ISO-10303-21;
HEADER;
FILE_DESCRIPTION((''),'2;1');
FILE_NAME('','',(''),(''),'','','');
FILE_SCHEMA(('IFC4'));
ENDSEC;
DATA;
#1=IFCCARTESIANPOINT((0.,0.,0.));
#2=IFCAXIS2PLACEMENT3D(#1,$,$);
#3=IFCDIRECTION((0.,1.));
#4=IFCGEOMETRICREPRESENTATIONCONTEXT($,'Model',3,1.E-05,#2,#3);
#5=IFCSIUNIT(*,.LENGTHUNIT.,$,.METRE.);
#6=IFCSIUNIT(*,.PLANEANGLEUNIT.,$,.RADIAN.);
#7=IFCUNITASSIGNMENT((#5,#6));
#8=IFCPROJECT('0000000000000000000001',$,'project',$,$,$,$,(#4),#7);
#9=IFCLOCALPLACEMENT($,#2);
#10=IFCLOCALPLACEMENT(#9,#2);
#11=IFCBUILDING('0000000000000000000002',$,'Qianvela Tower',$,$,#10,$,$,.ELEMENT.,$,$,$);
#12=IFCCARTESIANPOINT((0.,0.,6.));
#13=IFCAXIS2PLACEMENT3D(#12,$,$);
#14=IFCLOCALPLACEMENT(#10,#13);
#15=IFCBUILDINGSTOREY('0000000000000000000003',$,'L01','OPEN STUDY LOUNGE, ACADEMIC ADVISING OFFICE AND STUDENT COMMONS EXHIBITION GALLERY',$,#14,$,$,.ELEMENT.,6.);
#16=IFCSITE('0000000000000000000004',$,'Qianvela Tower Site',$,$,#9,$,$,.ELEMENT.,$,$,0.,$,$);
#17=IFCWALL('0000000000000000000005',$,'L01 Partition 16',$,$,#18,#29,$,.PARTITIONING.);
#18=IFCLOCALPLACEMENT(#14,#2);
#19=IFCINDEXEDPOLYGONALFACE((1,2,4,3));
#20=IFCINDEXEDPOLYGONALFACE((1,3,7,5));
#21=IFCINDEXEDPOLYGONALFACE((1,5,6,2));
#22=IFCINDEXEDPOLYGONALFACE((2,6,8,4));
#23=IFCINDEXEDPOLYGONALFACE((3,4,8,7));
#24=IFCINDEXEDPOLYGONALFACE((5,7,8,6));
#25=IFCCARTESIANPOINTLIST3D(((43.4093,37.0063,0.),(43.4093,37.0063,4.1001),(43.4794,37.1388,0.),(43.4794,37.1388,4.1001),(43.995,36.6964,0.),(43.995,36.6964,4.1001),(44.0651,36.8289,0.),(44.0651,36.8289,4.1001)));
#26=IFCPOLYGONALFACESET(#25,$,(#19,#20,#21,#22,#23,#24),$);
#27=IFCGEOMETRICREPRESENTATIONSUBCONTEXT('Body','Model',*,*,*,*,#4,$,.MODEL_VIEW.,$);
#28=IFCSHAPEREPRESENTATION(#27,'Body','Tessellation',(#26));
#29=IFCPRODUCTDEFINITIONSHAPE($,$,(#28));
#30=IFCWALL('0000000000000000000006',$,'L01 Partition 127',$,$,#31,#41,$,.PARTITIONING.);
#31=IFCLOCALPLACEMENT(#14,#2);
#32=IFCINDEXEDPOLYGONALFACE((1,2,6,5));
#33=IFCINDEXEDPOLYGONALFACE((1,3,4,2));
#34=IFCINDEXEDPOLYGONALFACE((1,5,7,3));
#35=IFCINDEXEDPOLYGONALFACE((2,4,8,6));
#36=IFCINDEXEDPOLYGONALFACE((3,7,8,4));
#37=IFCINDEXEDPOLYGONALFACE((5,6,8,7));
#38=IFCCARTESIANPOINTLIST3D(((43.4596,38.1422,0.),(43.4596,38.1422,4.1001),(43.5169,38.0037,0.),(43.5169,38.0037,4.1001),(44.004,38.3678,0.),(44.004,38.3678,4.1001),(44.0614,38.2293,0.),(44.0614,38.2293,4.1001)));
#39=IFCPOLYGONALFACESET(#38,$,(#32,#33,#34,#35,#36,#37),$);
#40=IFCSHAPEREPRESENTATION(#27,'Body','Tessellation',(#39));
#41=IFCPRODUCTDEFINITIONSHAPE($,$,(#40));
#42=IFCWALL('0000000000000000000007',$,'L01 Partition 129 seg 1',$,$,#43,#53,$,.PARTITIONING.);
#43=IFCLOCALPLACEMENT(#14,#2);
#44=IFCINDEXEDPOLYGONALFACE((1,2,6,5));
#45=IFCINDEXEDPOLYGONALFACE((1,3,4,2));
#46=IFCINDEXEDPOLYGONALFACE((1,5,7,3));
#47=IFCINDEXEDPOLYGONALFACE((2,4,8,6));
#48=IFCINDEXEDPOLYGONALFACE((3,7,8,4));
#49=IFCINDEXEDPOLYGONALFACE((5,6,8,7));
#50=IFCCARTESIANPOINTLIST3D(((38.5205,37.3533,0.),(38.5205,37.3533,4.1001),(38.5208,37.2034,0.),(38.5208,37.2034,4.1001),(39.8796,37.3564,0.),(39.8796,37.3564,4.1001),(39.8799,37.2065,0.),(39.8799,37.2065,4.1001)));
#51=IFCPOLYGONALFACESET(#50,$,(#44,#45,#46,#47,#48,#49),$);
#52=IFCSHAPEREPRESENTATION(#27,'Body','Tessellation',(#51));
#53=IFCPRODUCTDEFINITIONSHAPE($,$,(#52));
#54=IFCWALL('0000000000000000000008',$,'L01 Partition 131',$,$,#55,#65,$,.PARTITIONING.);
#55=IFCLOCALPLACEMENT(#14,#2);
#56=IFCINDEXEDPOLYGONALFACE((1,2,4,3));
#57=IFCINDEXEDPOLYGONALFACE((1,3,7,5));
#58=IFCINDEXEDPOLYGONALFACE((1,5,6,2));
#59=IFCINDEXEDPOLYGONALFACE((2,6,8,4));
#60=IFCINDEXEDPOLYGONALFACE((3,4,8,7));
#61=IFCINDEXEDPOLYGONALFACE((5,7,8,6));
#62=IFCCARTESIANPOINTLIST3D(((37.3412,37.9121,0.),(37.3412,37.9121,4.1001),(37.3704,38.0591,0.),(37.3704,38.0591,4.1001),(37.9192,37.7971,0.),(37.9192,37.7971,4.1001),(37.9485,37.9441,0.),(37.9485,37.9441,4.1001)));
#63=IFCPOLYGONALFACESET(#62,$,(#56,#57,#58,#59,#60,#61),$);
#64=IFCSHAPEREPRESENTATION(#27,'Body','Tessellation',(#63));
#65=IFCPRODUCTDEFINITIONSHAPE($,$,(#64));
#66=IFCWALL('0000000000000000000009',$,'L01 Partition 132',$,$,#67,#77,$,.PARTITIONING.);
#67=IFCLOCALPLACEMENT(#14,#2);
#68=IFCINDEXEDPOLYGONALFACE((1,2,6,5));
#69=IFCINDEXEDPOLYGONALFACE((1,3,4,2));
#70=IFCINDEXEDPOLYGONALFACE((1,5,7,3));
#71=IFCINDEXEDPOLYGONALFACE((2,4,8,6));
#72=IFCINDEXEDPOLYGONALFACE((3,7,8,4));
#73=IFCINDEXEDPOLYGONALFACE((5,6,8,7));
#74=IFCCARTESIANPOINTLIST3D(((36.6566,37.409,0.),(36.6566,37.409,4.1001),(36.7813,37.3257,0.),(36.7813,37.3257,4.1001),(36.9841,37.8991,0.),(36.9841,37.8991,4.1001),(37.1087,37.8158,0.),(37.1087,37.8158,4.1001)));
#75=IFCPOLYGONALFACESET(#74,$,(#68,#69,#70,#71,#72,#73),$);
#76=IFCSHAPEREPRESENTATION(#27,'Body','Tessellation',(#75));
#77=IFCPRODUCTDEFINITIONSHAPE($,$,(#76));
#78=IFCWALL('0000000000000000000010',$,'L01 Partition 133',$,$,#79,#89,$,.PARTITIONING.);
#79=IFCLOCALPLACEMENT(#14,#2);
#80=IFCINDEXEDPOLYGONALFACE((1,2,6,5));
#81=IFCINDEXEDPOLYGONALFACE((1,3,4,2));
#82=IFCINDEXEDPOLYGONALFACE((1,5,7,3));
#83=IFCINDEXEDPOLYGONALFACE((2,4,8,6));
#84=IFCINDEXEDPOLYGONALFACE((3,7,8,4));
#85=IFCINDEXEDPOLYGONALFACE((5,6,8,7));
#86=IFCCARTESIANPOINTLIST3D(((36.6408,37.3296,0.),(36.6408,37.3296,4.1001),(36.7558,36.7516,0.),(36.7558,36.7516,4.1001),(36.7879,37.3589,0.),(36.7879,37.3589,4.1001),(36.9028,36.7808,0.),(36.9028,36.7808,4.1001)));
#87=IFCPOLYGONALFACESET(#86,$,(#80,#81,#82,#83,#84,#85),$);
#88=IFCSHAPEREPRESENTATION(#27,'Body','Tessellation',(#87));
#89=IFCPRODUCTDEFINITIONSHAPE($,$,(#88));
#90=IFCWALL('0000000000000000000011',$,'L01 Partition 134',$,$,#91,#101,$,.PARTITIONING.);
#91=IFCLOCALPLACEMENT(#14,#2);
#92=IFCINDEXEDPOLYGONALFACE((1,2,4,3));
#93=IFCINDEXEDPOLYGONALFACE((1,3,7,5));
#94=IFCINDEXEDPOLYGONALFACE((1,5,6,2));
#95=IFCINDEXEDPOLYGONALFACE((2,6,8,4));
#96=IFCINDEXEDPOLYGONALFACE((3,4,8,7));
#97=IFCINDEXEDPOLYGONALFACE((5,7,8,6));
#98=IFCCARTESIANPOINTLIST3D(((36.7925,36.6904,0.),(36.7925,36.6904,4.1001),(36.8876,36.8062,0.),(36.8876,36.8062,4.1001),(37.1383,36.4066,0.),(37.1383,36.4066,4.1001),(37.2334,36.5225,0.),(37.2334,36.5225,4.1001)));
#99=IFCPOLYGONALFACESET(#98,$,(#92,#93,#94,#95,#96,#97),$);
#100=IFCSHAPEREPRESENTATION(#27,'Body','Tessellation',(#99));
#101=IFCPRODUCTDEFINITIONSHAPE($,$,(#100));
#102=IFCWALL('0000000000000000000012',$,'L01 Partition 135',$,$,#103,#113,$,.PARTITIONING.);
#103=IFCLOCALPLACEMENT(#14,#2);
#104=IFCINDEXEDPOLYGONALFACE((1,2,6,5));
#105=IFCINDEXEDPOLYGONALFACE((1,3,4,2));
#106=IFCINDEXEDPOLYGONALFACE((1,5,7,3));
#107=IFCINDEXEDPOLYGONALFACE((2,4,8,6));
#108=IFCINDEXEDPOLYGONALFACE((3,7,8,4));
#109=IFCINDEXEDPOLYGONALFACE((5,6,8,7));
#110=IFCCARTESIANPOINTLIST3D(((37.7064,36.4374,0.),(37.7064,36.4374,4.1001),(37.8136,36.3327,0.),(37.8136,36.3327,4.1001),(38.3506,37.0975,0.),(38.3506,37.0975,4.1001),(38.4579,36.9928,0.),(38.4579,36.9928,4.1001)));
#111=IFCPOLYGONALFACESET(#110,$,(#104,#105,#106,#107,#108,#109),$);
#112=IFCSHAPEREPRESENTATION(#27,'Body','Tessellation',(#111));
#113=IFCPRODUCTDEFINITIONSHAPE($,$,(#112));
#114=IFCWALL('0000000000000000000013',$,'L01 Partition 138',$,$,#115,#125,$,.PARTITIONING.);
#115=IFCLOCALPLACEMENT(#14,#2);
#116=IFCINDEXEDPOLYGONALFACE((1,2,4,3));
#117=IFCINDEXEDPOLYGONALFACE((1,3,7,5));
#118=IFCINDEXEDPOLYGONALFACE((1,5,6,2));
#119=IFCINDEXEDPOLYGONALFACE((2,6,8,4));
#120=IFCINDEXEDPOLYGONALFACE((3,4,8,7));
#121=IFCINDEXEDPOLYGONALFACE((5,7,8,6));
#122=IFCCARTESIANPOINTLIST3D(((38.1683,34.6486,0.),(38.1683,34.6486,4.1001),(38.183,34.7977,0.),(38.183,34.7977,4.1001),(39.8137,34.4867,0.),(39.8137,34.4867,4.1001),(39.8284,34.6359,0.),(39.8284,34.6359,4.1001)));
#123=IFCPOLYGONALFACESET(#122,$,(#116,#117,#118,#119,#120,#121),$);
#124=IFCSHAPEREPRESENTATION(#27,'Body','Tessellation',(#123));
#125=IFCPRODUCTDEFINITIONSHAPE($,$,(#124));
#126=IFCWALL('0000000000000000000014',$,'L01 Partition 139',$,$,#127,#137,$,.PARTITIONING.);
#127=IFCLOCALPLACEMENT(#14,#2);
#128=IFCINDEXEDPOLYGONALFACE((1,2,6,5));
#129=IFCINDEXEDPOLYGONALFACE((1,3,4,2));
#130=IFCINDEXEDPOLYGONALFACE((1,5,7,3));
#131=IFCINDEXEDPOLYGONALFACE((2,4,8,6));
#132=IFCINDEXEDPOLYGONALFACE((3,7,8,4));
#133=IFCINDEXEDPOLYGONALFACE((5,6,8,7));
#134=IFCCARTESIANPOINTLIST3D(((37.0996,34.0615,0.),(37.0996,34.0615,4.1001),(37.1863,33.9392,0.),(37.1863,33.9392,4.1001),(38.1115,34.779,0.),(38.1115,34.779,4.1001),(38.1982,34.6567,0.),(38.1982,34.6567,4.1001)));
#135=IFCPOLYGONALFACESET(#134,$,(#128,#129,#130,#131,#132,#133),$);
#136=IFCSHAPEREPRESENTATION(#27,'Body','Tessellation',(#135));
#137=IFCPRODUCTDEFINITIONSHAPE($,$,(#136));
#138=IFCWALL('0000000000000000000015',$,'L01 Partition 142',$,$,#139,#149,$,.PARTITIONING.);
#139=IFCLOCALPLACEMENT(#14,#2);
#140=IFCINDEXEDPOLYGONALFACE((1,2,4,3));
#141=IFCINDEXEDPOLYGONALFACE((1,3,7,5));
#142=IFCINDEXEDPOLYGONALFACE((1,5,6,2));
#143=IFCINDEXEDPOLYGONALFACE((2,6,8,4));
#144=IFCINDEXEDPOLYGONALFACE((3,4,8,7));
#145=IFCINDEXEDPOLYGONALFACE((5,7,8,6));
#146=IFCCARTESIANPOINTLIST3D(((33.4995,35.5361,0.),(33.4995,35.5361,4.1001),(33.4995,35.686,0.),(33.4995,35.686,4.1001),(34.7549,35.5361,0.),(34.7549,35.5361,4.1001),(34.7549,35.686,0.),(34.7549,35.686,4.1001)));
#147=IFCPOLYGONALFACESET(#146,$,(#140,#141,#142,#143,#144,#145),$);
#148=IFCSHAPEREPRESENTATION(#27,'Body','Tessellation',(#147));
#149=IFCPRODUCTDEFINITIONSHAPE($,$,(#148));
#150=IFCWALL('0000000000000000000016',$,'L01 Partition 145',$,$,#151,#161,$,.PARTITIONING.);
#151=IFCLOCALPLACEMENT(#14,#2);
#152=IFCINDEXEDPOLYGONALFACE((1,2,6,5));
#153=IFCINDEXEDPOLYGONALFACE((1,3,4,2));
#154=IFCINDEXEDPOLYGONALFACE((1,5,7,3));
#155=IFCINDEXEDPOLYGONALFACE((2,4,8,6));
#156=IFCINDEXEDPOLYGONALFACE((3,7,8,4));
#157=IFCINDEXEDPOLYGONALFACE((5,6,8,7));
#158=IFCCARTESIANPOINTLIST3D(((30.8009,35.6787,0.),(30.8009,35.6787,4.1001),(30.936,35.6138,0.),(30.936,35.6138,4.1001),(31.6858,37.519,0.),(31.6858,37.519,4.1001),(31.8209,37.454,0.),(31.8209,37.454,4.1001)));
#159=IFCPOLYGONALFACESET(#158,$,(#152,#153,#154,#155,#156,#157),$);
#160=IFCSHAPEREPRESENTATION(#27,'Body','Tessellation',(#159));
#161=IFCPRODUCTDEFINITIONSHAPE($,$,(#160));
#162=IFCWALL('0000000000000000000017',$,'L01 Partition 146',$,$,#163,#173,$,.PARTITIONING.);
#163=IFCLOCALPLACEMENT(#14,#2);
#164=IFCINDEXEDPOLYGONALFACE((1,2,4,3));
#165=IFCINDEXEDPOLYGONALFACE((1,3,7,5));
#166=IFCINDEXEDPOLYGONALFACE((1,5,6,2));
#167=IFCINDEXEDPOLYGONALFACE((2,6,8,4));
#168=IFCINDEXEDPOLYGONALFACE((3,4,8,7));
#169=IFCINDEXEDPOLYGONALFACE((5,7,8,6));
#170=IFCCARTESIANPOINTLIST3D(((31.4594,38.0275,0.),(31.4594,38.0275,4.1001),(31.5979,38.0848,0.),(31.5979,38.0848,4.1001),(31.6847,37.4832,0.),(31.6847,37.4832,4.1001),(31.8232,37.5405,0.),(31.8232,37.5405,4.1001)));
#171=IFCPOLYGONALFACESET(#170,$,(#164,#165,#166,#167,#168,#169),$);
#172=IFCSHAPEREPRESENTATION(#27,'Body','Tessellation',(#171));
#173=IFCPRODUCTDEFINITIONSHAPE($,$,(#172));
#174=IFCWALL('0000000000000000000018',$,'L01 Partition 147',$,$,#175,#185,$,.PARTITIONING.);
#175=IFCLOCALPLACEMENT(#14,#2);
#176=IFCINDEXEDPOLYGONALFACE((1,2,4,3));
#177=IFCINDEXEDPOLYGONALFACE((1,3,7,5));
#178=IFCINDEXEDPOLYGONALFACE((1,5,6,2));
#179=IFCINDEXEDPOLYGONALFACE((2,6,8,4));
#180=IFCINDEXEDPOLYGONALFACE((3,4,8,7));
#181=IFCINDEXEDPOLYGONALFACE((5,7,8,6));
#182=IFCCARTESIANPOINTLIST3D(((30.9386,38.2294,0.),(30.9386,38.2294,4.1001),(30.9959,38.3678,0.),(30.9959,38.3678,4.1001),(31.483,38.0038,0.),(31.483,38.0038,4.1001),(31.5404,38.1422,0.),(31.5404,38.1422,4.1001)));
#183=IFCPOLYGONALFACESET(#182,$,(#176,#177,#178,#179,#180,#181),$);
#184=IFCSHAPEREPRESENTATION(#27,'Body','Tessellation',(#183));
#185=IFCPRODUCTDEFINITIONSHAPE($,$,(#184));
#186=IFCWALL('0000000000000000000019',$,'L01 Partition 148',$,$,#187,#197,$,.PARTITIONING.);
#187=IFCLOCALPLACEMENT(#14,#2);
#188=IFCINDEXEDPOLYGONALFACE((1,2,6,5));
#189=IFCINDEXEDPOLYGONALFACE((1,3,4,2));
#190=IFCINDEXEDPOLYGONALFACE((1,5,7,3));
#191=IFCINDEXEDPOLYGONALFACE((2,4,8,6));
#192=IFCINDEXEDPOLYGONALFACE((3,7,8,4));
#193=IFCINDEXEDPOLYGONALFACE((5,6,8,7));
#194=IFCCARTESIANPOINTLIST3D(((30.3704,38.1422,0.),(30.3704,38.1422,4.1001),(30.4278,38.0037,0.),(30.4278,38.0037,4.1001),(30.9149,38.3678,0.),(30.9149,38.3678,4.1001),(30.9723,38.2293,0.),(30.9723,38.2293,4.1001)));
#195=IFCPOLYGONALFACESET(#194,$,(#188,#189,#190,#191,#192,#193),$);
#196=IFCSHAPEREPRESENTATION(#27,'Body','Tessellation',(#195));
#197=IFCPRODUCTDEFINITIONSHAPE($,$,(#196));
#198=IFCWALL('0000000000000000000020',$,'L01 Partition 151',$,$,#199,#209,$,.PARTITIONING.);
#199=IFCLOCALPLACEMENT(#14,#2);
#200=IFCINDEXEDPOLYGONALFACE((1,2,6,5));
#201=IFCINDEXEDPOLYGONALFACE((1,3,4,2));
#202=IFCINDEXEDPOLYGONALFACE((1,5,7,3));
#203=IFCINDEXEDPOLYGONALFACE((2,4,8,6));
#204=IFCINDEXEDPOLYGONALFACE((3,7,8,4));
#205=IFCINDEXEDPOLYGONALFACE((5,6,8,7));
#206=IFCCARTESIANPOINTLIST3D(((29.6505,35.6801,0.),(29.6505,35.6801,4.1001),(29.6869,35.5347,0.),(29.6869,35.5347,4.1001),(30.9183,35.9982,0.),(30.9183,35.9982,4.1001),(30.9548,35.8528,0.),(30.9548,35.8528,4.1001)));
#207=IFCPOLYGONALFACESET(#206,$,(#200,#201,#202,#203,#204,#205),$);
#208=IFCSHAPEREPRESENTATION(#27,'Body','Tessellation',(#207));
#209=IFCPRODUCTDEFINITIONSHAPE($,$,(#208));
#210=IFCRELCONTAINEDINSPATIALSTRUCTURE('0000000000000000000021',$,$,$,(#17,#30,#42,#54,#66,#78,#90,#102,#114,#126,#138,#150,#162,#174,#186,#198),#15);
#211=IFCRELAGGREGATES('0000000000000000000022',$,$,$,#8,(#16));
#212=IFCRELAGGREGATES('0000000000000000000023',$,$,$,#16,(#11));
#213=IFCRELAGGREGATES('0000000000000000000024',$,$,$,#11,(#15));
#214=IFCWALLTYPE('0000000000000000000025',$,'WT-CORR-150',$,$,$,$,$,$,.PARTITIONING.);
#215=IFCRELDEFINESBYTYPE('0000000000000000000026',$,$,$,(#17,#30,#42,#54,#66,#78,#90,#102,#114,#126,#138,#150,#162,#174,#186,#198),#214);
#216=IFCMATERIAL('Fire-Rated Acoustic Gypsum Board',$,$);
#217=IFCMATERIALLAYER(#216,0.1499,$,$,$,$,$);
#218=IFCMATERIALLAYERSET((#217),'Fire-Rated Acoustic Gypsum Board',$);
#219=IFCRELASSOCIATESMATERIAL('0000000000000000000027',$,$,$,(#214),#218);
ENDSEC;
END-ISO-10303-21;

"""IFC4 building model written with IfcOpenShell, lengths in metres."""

from ifc_helpers import new_model, si_unit, direction, frame, frame_2d, origin, place, context, subcontext, project, spatial, rectangle, extrude, material, layer, layer_set, type_object, element, save


model = new_model("IFC4")

# Units and contexts
model_context = context("Model", 3, precision=1e-05, world=origin(), true_north=direction((0.0, 1.0)))
body_context = subcontext(model_context, "Body", "Model", "MODEL_VIEW")
ifc_project = project(units=[si_unit("LENGTHUNIT", "METRE"), si_unit("PLANEANGLEUNIT", "RADIAN")], contexts=[model_context])

# Site, building, storey
site_placement = place(None, origin())
site = spatial("IfcSite", under=ifc_project, at=site_placement, Name="Qianvela Tower Site", CompositionType="ELEMENT", RefElevation=0.0)
building_placement = place(site_placement, origin())
building = spatial("IfcBuilding", under=site, at=building_placement, Name="Qianvela Tower", CompositionType="ELEMENT")
storey_placement = place(building_placement, frame((0.0, 0.0, 6.0)))
storey = spatial("IfcBuildingStorey", under=building, at=storey_placement, Name="L01", Description="OPEN STUDY LOUNGE, ACADEMIC ADVISING OFFICE AND STUDENT COMMONS EXHIBITION GALLERY", CompositionType="ELEMENT", Elevation=6.0)

# Walls
ifc_material_1 = material(Name="Fire-Rated Acoustic Gypsum Board")
ifc_layer_1 = layer(ifc_material_1, 0.1499)
ifc_layer_set_1 = layer_set([ifc_layer_1], Name="Fire-Rated Acoustic Gypsum Board")
wall_type_1 = type_object("IfcWallType", Name="WT-CORR-150", PredefinedType="PARTITIONING", material=ifc_layer_set_1)
wall_1_placement = place(storey_placement, frame((43.4443, 37.0725, 0.0), z_axis=(0.0, 0.0, 1.0), x_axis=(0.883949, -0.467583, 0.0)))
element("IfcWall", 1, at=wall_1_placement, inside=storey, type_object=wall_type_1, Name="L01 Partition 16", PredefinedType="PARTITIONING", context=body_context, shape_type="SweptSolid", body=[
    extrude(rectangle(XDim=0.6626, YDim=0.1499, at=frame_2d((0.3313, 0.0))), origin(), (0.0, 0.0, 1.0), 4.1001),
])
wall_2_placement = place(storey_placement, frame((44.0327, 38.2986, 0.0), z_axis=(0.0, 0.0, 1.0), x_axis=(-0.923835, -0.382791, 0.0)))
element("IfcWall", 2, at=wall_2_placement, inside=storey, type_object=wall_type_1, Name="L01 Partition 127", PredefinedType="PARTITIONING", context=body_context, shape_type="SweptSolid", body=[
    extrude(rectangle(XDim=0.5894, YDim=0.1499, at=frame_2d((0.2947, 0.0))), origin(), (0.0, 0.0, 1.0), 4.1001),
])
wall_3_placement = place(storey_placement, frame((39.8799, 37.2815, 0.0), z_axis=(0.0, 0.0, 1.0), x_axis=(-0.999997, -0.002335, 0.0)))
element("IfcWall", 3, at=wall_3_placement, inside=storey, type_object=wall_type_1, Name="L01 Partition 129 seg 1", PredefinedType="PARTITIONING", context=body_context, shape_type="SweptSolid", body=[
    extrude(rectangle(XDim=1.3591, YDim=0.1499, at=frame_2d((0.6797, 0.0))), origin(), (0.0, 0.0, 1.0), 4.1001),
])
for number, where, z_axis, x_axis, name in (
    (4, (37.9338, 37.8706, 0.0), (0.0, 0.0, 1.0), (-0.980787, 0.195081, 0.0), "L01 Partition 131"),
    (5, (37.0464, 37.8574, 0.0), (0.0, 0.0, 1.0), (-0.55556, -0.831476, 0.0), "L01 Partition 132"),
    (6, (36.7144, 37.3442, 0.0), (0.0, 0.0, 1.0), (0.195081, -0.980787, 0.0), "L01 Partition 133"),
):
    element("IfcWall", number, at=place(storey_placement, frame(where, z_axis=z_axis, x_axis=x_axis)), inside=storey, type_object=wall_type_1, Name=name, PredefinedType="PARTITIONING", context=body_context, shape_type="SweptSolid", body=[
        extrude(rectangle(XDim=0.5894, YDim=0.1499, at=frame_2d((0.2947, 0.0))), origin(), (0.0, 0.0, 1.0), 4.1001),
    ])
wall_4_placement = place(storey_placement, frame((36.8401, 36.7483, 0.0), z_axis=(0.0, 0.0, 1.0), x_axis=(0.773032, -0.634367, 0.0)))
element("IfcWall", 7, at=wall_4_placement, inside=storey, type_object=wall_type_1, Name="L01 Partition 134", PredefinedType="PARTITIONING", context=body_context, shape_type="SweptSolid", body=[
    extrude(rectangle(XDim=0.4473, YDim=0.1499, at=frame_2d((0.2236, 0.0))), origin(), (0.0, 0.0, 1.0), 4.1001),
])
wall_5_placement = place(storey_placement, frame((37.76, 36.385, 0.0), z_axis=(0.0, 0.0, 1.0), x_axis=(0.698453, 0.715656, 0.0)))
element("IfcWall", 8, at=wall_5_placement, inside=storey, type_object=wall_type_1, Name="L01 Partition 135", PredefinedType="PARTITIONING", context=body_context, shape_type="SweptSolid", body=[
    extrude(rectangle(XDim=0.9224, YDim=0.1499, at=frame_2d((0.4612, 0.0))), origin(), (0.0, 0.0, 1.0), 4.1001),
])
wall_6_placement = place(storey_placement, frame((39.821, 34.5613, 0.0), z_axis=(0.0, 0.0, 1.0), x_axis=(-0.995195, 0.09791, 0.0)))
element("IfcWall", 9, at=wall_6_placement, inside=storey, type_object=wall_type_1, Name="L01 Partition 138", PredefinedType="PARTITIONING", context=body_context, shape_type="SweptSolid", body=[
    extrude(rectangle(XDim=1.6533, YDim=0.1499, at=frame_2d((0.8267, 0.0))), origin(), (0.0, 0.0, 1.0), 4.1001),
])
wall_7_placement = place(storey_placement, frame((38.1548, 34.7178, 0.0), z_axis=(0.0, 0.0, 1.0), x_axis=(-0.81575, -0.578405, 0.0)))
element("IfcWall", 10, at=wall_7_placement, inside=storey, type_object=wall_type_1, Name="L01 Partition 139", PredefinedType="PARTITIONING", context=body_context, shape_type="SweptSolid", body=[
    extrude(rectangle(XDim=1.2405, YDim=0.1499, at=frame_2d((0.6201, 0.0))), origin(), (0.0, 0.0, 1.0), 4.1001),
])
wall_8_placement = place(storey_placement, frame((34.7549, 35.6111, 0.0), z_axis=(0.0, 0.0, 1.0), x_axis=(-1.0, 0.0, 0.0)))
element("IfcWall", 11, at=wall_8_placement, inside=storey, type_object=wall_type_1, Name="L01 Partition 142", PredefinedType="PARTITIONING", context=body_context, shape_type="SweptSolid", body=[
    extrude(rectangle(XDim=1.2554, YDim=0.1499, at=frame_2d((0.6277, 0.0))), origin(), (0.0, 0.0, 1.0), 4.1001),
])
wall_9_placement = place(storey_placement, frame((30.8684, 35.6462, 0.0), z_axis=(0.0, 0.0, 1.0), x_axis=(0.433388, 0.901208, 0.0)))
element("IfcWall", 12, at=wall_9_placement, inside=storey, type_object=wall_type_1, Name="L01 Partition 145", PredefinedType="PARTITIONING", context=body_context, shape_type="SweptSolid", body=[
    extrude(rectangle(XDim=2.042, YDim=0.1499, at=frame_2d((1.021, 0.0))), origin(), (0.0, 0.0, 1.0), 4.1001),
])
wall_10_placement = place(storey_placement, frame((31.7539, 37.512, 0.0), z_axis=(0.0, 0.0, 1.0), x_axis=(-0.382437, 0.923981, 0.0)))
element("IfcWall", 13, at=wall_10_placement, inside=storey, type_object=wall_type_1, Name="L01 Partition 146", PredefinedType="PARTITIONING", context=body_context, shape_type="SweptSolid", body=[
    extrude(rectangle(XDim=0.5891, YDim=0.1499, at=frame_2d((0.2944, 0.0))), origin(), (0.0, 0.0, 1.0), 4.1001),
])
for number, where, z_axis, x_axis, name in (
    (14, (31.5117, 38.073, 0.0), (0.0, 0.0, 1.0), (-0.923835, 0.382791, 0.0), "L01 Partition 147"),
    (15, (30.9436, 38.2986, 0.0), (0.0, 0.0, 1.0), (-0.923835, -0.382791, 0.0), "L01 Partition 148"),
):
    element("IfcWall", number, at=place(storey_placement, frame(where, z_axis=z_axis, x_axis=x_axis)), inside=storey, type_object=wall_type_1, Name=name, PredefinedType="PARTITIONING", context=body_context, shape_type="SweptSolid", body=[
        extrude(rectangle(XDim=0.5894, YDim=0.1499, at=frame_2d((0.2947, 0.0))), origin(), (0.0, 0.0, 1.0), 4.1001),
    ])
wall_11_placement = place(storey_placement, frame((30.9365, 35.9255, 0.0), z_axis=(0.0, 0.0, 1.0), x_axis=(-0.969933, -0.243371, 0.0)))
element("IfcWall", 16, at=wall_11_placement, inside=storey, type_object=wall_type_1, Name="L01 Partition 151", PredefinedType="PARTITIONING", context=body_context, shape_type="SweptSolid", body=[
    extrude(rectangle(XDim=1.3071, YDim=0.1499, at=frame_2d((0.6536, 0.0))), origin(), (0.0, 0.0, 1.0), 4.1001),
])

save(model, "model.ifc")
